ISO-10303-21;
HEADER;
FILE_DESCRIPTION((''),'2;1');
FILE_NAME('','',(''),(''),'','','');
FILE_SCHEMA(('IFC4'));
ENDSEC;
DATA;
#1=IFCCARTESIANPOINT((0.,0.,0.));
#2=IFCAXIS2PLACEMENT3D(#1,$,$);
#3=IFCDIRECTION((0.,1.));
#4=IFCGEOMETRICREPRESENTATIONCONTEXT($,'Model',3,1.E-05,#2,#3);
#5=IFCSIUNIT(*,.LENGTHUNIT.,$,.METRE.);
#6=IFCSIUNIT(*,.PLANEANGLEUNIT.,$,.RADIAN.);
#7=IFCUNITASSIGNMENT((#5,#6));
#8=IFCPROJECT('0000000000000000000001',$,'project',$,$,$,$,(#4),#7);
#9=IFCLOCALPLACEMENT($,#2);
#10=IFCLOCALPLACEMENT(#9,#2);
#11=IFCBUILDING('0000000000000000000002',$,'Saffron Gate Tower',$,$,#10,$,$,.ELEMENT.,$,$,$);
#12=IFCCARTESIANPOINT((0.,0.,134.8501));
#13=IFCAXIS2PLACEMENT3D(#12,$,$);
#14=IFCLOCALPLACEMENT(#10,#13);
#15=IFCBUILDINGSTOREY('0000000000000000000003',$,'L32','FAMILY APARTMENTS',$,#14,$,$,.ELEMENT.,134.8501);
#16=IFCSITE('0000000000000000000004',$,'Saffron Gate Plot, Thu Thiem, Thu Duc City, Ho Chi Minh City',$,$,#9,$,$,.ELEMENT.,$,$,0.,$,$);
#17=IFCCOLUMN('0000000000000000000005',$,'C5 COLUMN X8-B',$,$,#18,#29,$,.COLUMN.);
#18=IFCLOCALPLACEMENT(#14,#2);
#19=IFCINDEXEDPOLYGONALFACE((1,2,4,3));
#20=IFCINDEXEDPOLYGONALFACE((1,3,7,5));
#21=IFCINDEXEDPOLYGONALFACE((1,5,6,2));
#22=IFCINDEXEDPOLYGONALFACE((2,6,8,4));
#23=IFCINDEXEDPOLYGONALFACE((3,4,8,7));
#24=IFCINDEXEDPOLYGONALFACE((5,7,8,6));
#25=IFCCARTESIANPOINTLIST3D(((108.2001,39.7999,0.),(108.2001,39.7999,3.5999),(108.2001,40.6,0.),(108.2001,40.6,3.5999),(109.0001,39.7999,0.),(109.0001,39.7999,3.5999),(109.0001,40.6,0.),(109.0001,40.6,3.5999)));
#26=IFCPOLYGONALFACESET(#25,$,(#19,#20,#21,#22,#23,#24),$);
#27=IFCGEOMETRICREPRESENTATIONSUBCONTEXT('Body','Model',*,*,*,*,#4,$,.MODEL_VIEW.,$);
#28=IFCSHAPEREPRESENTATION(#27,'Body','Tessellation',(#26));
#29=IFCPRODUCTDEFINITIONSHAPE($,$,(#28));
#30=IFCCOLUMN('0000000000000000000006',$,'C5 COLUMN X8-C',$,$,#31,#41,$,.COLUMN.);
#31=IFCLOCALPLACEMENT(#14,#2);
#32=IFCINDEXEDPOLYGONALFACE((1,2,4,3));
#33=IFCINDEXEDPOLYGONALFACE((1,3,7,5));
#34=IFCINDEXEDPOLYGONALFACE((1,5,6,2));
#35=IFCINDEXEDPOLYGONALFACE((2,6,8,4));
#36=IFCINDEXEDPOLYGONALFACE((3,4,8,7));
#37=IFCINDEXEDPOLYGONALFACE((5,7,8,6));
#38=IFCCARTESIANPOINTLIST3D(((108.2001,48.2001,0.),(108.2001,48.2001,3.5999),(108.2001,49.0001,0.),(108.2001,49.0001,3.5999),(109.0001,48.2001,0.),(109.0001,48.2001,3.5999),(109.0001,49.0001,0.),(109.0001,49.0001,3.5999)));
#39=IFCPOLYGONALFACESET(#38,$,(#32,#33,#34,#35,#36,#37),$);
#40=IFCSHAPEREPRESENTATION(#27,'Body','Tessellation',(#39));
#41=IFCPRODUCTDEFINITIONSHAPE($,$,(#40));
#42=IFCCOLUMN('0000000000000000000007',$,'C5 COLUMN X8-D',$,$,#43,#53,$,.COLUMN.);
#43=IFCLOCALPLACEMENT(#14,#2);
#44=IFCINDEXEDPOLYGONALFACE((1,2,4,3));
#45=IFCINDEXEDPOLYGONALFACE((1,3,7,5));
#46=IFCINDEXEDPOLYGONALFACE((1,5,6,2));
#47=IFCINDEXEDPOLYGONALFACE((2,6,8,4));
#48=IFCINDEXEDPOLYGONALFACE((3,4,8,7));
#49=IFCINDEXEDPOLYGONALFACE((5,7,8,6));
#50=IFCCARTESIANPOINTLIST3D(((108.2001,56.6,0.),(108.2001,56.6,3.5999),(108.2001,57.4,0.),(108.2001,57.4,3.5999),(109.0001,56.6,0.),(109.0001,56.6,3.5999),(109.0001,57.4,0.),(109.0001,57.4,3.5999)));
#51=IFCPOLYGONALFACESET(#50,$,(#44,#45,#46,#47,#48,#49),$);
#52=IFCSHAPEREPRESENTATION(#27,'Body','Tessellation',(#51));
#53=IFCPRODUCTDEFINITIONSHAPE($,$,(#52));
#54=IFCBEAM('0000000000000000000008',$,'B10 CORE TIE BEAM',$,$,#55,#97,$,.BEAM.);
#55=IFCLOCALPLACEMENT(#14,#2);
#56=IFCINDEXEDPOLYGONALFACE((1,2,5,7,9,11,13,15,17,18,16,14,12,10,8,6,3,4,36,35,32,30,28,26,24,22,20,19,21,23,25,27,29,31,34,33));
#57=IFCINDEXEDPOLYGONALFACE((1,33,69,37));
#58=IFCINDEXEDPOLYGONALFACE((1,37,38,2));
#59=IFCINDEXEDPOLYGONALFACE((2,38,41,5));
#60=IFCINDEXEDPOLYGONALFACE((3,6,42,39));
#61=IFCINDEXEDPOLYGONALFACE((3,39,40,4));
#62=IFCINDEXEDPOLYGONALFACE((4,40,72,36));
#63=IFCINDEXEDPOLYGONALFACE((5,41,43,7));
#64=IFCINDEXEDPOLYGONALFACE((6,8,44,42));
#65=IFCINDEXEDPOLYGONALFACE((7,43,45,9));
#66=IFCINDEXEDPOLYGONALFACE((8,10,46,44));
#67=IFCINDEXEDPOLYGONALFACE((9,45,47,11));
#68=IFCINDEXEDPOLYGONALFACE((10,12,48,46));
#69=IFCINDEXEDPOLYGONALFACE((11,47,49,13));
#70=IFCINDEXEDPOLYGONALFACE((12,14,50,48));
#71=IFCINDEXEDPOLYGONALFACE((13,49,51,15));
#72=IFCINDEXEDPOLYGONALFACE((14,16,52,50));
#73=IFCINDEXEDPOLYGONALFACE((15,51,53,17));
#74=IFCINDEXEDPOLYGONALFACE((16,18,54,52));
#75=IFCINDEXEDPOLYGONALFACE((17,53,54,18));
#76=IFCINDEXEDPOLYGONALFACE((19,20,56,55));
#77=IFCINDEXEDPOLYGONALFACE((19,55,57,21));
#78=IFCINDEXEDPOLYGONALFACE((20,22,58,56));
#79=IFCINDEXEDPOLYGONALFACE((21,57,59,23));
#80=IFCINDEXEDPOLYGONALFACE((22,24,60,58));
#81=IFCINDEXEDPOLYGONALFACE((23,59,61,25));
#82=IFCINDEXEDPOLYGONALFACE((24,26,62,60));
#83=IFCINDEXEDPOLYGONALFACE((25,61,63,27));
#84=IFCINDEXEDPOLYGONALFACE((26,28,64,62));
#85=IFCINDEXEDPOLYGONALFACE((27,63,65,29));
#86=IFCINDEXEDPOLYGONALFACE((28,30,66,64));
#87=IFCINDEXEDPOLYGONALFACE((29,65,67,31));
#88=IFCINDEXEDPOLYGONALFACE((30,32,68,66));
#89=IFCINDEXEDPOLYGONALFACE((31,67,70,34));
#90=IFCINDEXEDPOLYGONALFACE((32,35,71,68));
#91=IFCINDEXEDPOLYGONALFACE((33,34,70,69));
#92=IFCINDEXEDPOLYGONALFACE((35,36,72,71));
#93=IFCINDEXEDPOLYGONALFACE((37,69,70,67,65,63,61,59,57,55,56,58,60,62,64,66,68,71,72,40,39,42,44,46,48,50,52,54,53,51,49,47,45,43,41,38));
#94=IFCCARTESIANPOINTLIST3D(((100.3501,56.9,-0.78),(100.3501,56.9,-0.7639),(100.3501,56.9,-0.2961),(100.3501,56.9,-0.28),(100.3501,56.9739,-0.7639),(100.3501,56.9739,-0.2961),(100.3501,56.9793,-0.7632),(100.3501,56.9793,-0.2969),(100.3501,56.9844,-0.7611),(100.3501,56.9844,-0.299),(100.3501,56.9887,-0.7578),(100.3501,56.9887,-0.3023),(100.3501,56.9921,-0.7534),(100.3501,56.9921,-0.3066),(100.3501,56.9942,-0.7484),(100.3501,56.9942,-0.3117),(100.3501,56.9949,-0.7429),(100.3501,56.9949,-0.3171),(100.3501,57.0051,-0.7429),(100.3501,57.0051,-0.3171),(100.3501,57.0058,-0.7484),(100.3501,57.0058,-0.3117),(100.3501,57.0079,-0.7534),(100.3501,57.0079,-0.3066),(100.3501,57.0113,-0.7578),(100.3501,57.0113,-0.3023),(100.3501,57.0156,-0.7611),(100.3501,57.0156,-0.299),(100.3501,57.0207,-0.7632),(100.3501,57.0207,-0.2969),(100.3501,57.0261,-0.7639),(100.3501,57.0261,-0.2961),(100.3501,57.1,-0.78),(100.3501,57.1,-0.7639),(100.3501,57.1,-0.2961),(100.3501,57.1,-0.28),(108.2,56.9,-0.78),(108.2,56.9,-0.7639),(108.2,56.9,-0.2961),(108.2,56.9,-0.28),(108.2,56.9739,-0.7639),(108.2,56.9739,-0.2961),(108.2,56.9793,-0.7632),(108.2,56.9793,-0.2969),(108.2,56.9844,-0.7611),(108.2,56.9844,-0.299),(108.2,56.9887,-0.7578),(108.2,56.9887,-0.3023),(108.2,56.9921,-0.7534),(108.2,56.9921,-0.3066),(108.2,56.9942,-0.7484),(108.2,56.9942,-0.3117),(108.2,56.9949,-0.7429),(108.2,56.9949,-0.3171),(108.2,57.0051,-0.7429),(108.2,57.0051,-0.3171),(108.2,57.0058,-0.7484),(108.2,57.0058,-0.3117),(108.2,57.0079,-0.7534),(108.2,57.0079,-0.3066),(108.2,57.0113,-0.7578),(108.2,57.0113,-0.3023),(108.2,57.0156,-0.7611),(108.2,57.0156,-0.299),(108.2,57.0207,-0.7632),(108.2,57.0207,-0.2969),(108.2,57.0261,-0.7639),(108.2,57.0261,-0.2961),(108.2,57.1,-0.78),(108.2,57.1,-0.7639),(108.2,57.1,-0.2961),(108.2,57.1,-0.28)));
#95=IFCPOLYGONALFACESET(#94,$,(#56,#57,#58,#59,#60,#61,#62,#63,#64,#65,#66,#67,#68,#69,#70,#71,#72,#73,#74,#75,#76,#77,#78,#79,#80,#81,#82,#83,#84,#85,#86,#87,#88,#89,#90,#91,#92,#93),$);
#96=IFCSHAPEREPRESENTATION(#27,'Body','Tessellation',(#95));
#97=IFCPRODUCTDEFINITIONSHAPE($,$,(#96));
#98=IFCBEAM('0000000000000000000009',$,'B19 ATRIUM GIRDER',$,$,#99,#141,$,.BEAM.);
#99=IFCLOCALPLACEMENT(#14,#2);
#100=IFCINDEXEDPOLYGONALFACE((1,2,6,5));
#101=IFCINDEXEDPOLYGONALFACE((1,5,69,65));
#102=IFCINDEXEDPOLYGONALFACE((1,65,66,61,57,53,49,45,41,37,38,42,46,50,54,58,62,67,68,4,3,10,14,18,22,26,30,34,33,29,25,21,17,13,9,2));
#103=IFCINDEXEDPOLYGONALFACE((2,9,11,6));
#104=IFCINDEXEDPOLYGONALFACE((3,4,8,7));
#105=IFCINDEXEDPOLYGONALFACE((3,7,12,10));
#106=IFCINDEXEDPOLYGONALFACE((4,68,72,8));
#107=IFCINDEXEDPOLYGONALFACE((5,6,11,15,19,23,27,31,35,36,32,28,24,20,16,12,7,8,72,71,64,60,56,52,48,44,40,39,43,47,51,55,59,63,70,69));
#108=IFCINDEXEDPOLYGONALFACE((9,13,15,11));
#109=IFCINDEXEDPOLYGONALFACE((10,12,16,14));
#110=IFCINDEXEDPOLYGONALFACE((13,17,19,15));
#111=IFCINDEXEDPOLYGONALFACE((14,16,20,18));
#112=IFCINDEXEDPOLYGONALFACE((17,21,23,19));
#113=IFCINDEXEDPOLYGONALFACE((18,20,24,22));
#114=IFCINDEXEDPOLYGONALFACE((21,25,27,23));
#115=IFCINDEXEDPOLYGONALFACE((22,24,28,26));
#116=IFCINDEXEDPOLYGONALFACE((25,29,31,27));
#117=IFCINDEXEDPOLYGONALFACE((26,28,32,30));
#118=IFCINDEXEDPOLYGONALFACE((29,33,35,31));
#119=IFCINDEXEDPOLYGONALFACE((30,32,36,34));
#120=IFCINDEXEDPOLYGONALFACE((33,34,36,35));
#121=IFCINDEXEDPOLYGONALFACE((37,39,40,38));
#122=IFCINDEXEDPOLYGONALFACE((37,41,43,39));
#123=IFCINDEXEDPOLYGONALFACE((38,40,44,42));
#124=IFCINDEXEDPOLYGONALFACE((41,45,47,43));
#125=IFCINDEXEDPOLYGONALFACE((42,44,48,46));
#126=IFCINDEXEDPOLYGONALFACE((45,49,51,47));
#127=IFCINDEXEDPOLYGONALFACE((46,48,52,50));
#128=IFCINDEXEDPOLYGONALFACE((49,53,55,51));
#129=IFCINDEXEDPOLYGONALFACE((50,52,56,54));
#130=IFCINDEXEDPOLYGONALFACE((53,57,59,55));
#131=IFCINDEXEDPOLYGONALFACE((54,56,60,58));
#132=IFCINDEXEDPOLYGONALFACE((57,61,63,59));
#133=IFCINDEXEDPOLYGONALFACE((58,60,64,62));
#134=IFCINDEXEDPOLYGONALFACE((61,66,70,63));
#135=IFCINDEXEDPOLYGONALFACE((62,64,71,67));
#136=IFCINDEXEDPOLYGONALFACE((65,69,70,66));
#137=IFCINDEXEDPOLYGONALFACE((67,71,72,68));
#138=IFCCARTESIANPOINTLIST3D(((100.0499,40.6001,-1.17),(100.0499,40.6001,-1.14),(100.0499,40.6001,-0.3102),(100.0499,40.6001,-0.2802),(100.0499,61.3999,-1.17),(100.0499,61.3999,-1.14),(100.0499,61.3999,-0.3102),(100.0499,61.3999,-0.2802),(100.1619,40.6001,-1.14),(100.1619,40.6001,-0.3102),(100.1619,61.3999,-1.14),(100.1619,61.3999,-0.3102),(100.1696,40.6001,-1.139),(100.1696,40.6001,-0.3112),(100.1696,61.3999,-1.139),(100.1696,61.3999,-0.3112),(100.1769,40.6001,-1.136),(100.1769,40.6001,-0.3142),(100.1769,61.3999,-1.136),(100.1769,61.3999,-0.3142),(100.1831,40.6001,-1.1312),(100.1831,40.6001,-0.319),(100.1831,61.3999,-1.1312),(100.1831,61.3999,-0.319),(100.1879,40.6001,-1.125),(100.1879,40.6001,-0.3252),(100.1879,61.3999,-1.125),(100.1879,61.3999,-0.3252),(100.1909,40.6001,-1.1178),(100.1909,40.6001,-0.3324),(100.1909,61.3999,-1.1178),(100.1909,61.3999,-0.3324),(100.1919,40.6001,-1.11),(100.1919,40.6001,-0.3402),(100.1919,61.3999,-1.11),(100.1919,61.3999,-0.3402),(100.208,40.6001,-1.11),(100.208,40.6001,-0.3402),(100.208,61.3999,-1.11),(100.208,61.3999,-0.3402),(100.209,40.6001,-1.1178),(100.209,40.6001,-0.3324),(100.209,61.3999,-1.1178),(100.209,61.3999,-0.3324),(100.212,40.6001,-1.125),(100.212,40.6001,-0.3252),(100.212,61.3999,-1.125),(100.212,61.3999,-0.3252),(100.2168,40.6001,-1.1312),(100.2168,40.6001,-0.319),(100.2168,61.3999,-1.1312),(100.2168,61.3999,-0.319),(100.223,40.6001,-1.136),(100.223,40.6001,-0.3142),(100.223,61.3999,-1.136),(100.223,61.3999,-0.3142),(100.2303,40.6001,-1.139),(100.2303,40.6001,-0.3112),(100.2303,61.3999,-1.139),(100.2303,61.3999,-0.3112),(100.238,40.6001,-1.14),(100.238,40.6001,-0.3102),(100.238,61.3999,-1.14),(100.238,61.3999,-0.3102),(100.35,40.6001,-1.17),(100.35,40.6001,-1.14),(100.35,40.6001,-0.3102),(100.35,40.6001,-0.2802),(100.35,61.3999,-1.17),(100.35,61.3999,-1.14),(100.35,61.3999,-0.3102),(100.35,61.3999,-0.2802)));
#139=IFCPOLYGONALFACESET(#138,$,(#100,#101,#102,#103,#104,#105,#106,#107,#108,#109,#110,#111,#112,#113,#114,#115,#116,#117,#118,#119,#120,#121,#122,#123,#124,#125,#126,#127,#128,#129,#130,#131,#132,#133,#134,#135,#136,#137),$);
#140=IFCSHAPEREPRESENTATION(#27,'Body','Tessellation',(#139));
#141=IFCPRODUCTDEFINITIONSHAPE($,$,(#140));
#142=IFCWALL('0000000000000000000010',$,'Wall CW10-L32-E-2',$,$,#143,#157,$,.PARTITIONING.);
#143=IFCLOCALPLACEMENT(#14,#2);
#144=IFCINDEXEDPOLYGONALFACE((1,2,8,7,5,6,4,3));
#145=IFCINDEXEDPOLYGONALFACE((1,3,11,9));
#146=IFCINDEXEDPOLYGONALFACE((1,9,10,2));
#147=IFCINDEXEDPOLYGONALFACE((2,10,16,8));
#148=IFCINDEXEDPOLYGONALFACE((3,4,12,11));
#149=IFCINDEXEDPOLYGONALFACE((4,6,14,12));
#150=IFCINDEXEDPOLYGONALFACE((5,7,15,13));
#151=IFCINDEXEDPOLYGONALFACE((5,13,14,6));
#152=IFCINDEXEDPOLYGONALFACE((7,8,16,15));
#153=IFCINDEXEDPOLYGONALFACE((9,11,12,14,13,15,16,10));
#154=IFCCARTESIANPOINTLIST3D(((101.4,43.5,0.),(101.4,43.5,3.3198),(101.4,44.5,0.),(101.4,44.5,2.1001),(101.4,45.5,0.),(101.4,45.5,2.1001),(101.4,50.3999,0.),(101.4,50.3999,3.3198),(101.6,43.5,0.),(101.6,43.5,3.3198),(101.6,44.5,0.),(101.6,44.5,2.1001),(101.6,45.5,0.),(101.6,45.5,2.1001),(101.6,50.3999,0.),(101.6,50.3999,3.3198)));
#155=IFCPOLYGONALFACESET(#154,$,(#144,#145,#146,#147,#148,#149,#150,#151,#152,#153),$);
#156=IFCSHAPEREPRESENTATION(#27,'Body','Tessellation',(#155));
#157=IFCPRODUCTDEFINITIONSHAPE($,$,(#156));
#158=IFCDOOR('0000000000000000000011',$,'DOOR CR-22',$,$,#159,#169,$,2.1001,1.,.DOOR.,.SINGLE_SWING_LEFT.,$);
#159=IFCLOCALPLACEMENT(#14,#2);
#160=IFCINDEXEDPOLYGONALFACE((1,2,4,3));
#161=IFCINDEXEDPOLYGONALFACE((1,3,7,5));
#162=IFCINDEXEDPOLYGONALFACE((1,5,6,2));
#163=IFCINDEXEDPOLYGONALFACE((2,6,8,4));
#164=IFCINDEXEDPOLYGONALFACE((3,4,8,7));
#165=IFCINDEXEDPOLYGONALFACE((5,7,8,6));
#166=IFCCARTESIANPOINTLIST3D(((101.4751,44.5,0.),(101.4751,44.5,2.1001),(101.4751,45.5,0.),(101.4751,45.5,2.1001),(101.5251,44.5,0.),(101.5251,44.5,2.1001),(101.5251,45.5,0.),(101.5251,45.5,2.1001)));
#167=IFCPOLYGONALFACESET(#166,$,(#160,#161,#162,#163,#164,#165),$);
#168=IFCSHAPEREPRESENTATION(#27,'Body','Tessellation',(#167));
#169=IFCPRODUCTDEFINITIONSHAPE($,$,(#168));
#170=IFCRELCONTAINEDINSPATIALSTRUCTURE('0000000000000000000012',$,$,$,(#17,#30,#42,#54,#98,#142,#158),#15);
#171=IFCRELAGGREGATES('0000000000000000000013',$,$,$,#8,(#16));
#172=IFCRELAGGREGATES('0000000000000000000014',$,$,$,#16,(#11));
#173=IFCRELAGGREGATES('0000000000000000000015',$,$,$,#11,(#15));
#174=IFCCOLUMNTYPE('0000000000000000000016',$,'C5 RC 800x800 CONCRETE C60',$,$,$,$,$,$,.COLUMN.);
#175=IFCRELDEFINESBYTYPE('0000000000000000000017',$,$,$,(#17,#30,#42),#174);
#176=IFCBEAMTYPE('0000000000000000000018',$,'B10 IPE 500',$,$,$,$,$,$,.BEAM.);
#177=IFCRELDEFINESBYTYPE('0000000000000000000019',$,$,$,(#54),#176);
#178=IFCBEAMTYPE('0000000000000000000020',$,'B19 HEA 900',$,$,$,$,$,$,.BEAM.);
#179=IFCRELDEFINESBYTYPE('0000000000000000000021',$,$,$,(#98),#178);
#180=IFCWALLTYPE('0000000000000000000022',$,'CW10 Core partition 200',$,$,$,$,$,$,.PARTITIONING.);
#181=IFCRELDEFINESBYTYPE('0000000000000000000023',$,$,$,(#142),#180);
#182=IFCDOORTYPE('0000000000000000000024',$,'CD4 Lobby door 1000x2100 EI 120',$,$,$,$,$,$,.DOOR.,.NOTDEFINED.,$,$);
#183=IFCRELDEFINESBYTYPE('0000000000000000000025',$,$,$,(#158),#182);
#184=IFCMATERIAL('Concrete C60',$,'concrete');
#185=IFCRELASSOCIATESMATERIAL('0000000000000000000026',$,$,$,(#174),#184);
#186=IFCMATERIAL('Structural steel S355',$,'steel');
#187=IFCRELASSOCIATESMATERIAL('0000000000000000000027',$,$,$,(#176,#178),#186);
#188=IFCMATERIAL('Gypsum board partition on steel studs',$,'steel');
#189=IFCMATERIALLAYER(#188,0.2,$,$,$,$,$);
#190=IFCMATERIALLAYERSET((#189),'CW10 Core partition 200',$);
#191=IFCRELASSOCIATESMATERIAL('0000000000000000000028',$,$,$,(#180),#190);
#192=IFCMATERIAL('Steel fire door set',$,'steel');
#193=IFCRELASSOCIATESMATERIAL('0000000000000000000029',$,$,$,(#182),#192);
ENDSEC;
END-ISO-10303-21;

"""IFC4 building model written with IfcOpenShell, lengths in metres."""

from ifc_helpers import new_model, si_unit, direction, frame, frame_2d, origin, origin_2d, place, context, subcontext, project, spatial, rectangle, i_section, extrude, material, layer, layer_set, material_profile, profile_set, type_object, element, fill, save


model = new_model("IFC4")

# Units and contexts
model_context = context("Model", 3, precision=1e-05, world=origin(), true_north=direction((0.0, 1.0)))
body_context = subcontext(model_context, "Body", "Model", "MODEL_VIEW")
ifc_project = project(units=[si_unit("LENGTHUNIT", "METRE"), si_unit("PLANEANGLEUNIT", "RADIAN")], contexts=[model_context])

# Site, building, storey
site_placement = place(None, origin())
site = spatial("IfcSite", under=ifc_project, at=site_placement, Name="Saffron Gate Plot, Thu Thiem, Thu Duc City, Ho Chi Minh City", CompositionType="ELEMENT", RefElevation=0.0)
building_placement = place(site_placement, origin())
building = spatial("IfcBuilding", under=site, at=building_placement, Name="Saffron Gate Tower", CompositionType="ELEMENT")
storey_placement = place(building_placement, frame((0.0, 0.0, 134.8501)))
storey = spatial("IfcBuildingStorey", under=building, at=storey_placement, Name="L32", Description="FAMILY APARTMENTS", CompositionType="ELEMENT", Elevation=134.8501)

# Columns
ifc_material_1 = material(Name="Concrete C60", Category="concrete")
ifc_material_profile_1 = material_profile(ifc_material_1, rectangle(XDim=0.8, YDim=0.8, at=origin_2d()))
ifc_profile_set_1 = profile_set([ifc_material_profile_1], Name="Concrete C60")
column_type = type_object("IfcColumnType", Name="C5 RC 800x800 CONCRETE C60", PredefinedType="COLUMN", material=ifc_profile_set_1)
for number, where, z_axis, x_axis, name in (
    (1, (108.6001, 40.2, 0.0), (0.0, 0.0, 1.0), (1.0, 0.0, 0.0), "C5 COLUMN X8-B"),
    (2, (108.6001, 48.6001, 0.0), (0.0, 0.0, 1.0), (1.0, 0.0, 0.0), "C5 COLUMN X8-C"),
    (3, (108.6001, 57.0, 0.0), (0.0, 0.0, 1.0), (1.0, 0.0, 0.0), "C5 COLUMN X8-D"),
):
    element("IfcColumn", number, at=place(storey_placement, frame(where, z_axis=z_axis, x_axis=x_axis)), inside=storey, type_object=column_type, Name=name, PredefinedType="COLUMN", context=body_context, shape_type="SweptSolid", body=[
        extrude(rectangle(XDim=0.8, YDim=0.8, at=origin_2d()), origin(), (0.0, 0.0, 1.0), 3.5999),
    ])

# Beams
ifc_material_2 = material(Name="Structural steel S355", Category="steel")
ifc_material_profile_2 = material_profile(ifc_material_2, i_section(OverallWidth=0.2, OverallDepth=0.5, WebThickness=0.0103, FlangeThickness=0.0161, FilletRadius=0.021, at=origin_2d()))
ifc_profile_set_2 = profile_set([ifc_material_profile_2], Name="Structural steel S355")
beam_type_1 = type_object("IfcBeamType", Name="B10 IPE 500", PredefinedType="BEAM", material=ifc_profile_set_2)
beam_1_placement = place(storey_placement, frame((108.2, 57.0, -0.53), z_axis=(-1.0, 0.0, 0.0), x_axis=(0.0, -1.0, 0.0)))
element("IfcBeam", 4, at=beam_1_placement, inside=storey, type_object=beam_type_1, Name="B10 CORE TIE BEAM", PredefinedType="BEAM", context=body_context, shape_type="SweptSolid", body=[
    extrude(i_section(OverallWidth=0.2, OverallDepth=0.5, WebThickness=0.0103, FlangeThickness=0.0161, FilletRadius=0.021, at=origin_2d()), origin(), (0.0, 0.0, 1.0), 7.8499),
])
ifc_material_profile_3 = material_profile(ifc_material_2, i_section(OverallWidth=0.3, OverallDepth=0.8899, WebThickness=0.0161, FlangeThickness=0.03, FilletRadius=0.03, at=origin_2d()))
ifc_profile_set_3 = profile_set([ifc_material_profile_3], Name="Structural steel S355")
beam_type_2 = type_object("IfcBeamType", Name="B19 HEA 900", PredefinedType="BEAM", material=ifc_profile_set_3)
beam_2_placement = place(storey_placement, frame((100.2, 40.6001, -0.7251), z_axis=(0.0, 1.0, 0.0), x_axis=(-1.0, 0.0, 0.0)))
element("IfcBeam", 5, at=beam_2_placement, inside=storey, type_object=beam_type_2, Name="B19 ATRIUM GIRDER", PredefinedType="BEAM", context=body_context, shape_type="SweptSolid", body=[
    extrude(i_section(OverallWidth=0.3, OverallDepth=0.8899, WebThickness=0.0161, FlangeThickness=0.03, FilletRadius=0.03, at=origin_2d()), origin(), (0.0, 0.0, 1.0), 20.7998),
])

# Wall, opening, door
ifc_material_3 = material(Name="Gypsum board partition on steel studs", Category="steel")
ifc_layer_1 = layer(ifc_material_3, 0.2)
ifc_layer_set_1 = layer_set([ifc_layer_1], Name="CW10 Core partition 200")
wall_type_1 = type_object("IfcWallType", Name="CW10 Core partition 200", PredefinedType="PARTITIONING", material=ifc_layer_set_1)
wall_1_placement = place(storey_placement, frame((101.5, 43.5, 0.0), z_axis=(0.0, 0.0, 1.0), x_axis=(0.0, 1.0, 0.0)))
wall_1 = element("IfcWall", 6, at=wall_1_placement, inside=storey, type_object=wall_type_1, Name="Wall CW10-L32-E-2", PredefinedType="PARTITIONING", context=body_context, shape_type="SweptSolid", body=[
    extrude(rectangle(XDim=6.8999, YDim=0.2, at=frame_2d((3.45, 0.0))), origin(), (0.0, 0.0, 1.0), 3.3198),
])
opening_1_placement = place(wall_1_placement, frame((1.0, 0.0, 0.0)))
opening_1 = element("IfcOpeningElement", 7, at=opening_1_placement, cuts=wall_1, PredefinedType="OPENING", context=body_context, shape_type="SweptSolid", body=[
    extrude(rectangle(XDim=1.0, YDim=2.1001, at=frame_2d((0.5, 1.05))), frame((0.0, 0.1099, 0.0), z_axis=(0.0, -1.0, 0.0), x_axis=(1.0, 0.0, 0.0)), (0.0, 0.0, 1.0), 0.22),
])
ifc_material_4 = material(Name="Steel fire door set", Category="steel")
door_type_1 = type_object("IfcDoorType", Name="CD4 Lobby door 1000x2100 EI 120", OperationType="NOTDEFINED", PredefinedType="DOOR", material=ifc_material_4)
door_1_placement = place(opening_1_placement, origin())
door_1 = element("IfcDoor", 8, at=door_1_placement, inside=storey, type_object=door_type_1, Name="DOOR CR-22", OperationType="SINGLE_SWING_LEFT", OverallHeight=2.1001, OverallWidth=1.0, PredefinedType="DOOR", context=body_context, shape_type="SweptSolid", body=[
    extrude(rectangle(XDim=1.0, YDim=2.1001, at=frame_2d((0.5, 1.05))), frame((0.0, 0.0249, 0.0), z_axis=(0.0, -1.0, 0.0), x_axis=(1.0, 0.0, 0.0)), (0.0, 0.0, 1.0), 0.05),
])
fill(opening_1, door_1)

save(model, "model.ifc")
